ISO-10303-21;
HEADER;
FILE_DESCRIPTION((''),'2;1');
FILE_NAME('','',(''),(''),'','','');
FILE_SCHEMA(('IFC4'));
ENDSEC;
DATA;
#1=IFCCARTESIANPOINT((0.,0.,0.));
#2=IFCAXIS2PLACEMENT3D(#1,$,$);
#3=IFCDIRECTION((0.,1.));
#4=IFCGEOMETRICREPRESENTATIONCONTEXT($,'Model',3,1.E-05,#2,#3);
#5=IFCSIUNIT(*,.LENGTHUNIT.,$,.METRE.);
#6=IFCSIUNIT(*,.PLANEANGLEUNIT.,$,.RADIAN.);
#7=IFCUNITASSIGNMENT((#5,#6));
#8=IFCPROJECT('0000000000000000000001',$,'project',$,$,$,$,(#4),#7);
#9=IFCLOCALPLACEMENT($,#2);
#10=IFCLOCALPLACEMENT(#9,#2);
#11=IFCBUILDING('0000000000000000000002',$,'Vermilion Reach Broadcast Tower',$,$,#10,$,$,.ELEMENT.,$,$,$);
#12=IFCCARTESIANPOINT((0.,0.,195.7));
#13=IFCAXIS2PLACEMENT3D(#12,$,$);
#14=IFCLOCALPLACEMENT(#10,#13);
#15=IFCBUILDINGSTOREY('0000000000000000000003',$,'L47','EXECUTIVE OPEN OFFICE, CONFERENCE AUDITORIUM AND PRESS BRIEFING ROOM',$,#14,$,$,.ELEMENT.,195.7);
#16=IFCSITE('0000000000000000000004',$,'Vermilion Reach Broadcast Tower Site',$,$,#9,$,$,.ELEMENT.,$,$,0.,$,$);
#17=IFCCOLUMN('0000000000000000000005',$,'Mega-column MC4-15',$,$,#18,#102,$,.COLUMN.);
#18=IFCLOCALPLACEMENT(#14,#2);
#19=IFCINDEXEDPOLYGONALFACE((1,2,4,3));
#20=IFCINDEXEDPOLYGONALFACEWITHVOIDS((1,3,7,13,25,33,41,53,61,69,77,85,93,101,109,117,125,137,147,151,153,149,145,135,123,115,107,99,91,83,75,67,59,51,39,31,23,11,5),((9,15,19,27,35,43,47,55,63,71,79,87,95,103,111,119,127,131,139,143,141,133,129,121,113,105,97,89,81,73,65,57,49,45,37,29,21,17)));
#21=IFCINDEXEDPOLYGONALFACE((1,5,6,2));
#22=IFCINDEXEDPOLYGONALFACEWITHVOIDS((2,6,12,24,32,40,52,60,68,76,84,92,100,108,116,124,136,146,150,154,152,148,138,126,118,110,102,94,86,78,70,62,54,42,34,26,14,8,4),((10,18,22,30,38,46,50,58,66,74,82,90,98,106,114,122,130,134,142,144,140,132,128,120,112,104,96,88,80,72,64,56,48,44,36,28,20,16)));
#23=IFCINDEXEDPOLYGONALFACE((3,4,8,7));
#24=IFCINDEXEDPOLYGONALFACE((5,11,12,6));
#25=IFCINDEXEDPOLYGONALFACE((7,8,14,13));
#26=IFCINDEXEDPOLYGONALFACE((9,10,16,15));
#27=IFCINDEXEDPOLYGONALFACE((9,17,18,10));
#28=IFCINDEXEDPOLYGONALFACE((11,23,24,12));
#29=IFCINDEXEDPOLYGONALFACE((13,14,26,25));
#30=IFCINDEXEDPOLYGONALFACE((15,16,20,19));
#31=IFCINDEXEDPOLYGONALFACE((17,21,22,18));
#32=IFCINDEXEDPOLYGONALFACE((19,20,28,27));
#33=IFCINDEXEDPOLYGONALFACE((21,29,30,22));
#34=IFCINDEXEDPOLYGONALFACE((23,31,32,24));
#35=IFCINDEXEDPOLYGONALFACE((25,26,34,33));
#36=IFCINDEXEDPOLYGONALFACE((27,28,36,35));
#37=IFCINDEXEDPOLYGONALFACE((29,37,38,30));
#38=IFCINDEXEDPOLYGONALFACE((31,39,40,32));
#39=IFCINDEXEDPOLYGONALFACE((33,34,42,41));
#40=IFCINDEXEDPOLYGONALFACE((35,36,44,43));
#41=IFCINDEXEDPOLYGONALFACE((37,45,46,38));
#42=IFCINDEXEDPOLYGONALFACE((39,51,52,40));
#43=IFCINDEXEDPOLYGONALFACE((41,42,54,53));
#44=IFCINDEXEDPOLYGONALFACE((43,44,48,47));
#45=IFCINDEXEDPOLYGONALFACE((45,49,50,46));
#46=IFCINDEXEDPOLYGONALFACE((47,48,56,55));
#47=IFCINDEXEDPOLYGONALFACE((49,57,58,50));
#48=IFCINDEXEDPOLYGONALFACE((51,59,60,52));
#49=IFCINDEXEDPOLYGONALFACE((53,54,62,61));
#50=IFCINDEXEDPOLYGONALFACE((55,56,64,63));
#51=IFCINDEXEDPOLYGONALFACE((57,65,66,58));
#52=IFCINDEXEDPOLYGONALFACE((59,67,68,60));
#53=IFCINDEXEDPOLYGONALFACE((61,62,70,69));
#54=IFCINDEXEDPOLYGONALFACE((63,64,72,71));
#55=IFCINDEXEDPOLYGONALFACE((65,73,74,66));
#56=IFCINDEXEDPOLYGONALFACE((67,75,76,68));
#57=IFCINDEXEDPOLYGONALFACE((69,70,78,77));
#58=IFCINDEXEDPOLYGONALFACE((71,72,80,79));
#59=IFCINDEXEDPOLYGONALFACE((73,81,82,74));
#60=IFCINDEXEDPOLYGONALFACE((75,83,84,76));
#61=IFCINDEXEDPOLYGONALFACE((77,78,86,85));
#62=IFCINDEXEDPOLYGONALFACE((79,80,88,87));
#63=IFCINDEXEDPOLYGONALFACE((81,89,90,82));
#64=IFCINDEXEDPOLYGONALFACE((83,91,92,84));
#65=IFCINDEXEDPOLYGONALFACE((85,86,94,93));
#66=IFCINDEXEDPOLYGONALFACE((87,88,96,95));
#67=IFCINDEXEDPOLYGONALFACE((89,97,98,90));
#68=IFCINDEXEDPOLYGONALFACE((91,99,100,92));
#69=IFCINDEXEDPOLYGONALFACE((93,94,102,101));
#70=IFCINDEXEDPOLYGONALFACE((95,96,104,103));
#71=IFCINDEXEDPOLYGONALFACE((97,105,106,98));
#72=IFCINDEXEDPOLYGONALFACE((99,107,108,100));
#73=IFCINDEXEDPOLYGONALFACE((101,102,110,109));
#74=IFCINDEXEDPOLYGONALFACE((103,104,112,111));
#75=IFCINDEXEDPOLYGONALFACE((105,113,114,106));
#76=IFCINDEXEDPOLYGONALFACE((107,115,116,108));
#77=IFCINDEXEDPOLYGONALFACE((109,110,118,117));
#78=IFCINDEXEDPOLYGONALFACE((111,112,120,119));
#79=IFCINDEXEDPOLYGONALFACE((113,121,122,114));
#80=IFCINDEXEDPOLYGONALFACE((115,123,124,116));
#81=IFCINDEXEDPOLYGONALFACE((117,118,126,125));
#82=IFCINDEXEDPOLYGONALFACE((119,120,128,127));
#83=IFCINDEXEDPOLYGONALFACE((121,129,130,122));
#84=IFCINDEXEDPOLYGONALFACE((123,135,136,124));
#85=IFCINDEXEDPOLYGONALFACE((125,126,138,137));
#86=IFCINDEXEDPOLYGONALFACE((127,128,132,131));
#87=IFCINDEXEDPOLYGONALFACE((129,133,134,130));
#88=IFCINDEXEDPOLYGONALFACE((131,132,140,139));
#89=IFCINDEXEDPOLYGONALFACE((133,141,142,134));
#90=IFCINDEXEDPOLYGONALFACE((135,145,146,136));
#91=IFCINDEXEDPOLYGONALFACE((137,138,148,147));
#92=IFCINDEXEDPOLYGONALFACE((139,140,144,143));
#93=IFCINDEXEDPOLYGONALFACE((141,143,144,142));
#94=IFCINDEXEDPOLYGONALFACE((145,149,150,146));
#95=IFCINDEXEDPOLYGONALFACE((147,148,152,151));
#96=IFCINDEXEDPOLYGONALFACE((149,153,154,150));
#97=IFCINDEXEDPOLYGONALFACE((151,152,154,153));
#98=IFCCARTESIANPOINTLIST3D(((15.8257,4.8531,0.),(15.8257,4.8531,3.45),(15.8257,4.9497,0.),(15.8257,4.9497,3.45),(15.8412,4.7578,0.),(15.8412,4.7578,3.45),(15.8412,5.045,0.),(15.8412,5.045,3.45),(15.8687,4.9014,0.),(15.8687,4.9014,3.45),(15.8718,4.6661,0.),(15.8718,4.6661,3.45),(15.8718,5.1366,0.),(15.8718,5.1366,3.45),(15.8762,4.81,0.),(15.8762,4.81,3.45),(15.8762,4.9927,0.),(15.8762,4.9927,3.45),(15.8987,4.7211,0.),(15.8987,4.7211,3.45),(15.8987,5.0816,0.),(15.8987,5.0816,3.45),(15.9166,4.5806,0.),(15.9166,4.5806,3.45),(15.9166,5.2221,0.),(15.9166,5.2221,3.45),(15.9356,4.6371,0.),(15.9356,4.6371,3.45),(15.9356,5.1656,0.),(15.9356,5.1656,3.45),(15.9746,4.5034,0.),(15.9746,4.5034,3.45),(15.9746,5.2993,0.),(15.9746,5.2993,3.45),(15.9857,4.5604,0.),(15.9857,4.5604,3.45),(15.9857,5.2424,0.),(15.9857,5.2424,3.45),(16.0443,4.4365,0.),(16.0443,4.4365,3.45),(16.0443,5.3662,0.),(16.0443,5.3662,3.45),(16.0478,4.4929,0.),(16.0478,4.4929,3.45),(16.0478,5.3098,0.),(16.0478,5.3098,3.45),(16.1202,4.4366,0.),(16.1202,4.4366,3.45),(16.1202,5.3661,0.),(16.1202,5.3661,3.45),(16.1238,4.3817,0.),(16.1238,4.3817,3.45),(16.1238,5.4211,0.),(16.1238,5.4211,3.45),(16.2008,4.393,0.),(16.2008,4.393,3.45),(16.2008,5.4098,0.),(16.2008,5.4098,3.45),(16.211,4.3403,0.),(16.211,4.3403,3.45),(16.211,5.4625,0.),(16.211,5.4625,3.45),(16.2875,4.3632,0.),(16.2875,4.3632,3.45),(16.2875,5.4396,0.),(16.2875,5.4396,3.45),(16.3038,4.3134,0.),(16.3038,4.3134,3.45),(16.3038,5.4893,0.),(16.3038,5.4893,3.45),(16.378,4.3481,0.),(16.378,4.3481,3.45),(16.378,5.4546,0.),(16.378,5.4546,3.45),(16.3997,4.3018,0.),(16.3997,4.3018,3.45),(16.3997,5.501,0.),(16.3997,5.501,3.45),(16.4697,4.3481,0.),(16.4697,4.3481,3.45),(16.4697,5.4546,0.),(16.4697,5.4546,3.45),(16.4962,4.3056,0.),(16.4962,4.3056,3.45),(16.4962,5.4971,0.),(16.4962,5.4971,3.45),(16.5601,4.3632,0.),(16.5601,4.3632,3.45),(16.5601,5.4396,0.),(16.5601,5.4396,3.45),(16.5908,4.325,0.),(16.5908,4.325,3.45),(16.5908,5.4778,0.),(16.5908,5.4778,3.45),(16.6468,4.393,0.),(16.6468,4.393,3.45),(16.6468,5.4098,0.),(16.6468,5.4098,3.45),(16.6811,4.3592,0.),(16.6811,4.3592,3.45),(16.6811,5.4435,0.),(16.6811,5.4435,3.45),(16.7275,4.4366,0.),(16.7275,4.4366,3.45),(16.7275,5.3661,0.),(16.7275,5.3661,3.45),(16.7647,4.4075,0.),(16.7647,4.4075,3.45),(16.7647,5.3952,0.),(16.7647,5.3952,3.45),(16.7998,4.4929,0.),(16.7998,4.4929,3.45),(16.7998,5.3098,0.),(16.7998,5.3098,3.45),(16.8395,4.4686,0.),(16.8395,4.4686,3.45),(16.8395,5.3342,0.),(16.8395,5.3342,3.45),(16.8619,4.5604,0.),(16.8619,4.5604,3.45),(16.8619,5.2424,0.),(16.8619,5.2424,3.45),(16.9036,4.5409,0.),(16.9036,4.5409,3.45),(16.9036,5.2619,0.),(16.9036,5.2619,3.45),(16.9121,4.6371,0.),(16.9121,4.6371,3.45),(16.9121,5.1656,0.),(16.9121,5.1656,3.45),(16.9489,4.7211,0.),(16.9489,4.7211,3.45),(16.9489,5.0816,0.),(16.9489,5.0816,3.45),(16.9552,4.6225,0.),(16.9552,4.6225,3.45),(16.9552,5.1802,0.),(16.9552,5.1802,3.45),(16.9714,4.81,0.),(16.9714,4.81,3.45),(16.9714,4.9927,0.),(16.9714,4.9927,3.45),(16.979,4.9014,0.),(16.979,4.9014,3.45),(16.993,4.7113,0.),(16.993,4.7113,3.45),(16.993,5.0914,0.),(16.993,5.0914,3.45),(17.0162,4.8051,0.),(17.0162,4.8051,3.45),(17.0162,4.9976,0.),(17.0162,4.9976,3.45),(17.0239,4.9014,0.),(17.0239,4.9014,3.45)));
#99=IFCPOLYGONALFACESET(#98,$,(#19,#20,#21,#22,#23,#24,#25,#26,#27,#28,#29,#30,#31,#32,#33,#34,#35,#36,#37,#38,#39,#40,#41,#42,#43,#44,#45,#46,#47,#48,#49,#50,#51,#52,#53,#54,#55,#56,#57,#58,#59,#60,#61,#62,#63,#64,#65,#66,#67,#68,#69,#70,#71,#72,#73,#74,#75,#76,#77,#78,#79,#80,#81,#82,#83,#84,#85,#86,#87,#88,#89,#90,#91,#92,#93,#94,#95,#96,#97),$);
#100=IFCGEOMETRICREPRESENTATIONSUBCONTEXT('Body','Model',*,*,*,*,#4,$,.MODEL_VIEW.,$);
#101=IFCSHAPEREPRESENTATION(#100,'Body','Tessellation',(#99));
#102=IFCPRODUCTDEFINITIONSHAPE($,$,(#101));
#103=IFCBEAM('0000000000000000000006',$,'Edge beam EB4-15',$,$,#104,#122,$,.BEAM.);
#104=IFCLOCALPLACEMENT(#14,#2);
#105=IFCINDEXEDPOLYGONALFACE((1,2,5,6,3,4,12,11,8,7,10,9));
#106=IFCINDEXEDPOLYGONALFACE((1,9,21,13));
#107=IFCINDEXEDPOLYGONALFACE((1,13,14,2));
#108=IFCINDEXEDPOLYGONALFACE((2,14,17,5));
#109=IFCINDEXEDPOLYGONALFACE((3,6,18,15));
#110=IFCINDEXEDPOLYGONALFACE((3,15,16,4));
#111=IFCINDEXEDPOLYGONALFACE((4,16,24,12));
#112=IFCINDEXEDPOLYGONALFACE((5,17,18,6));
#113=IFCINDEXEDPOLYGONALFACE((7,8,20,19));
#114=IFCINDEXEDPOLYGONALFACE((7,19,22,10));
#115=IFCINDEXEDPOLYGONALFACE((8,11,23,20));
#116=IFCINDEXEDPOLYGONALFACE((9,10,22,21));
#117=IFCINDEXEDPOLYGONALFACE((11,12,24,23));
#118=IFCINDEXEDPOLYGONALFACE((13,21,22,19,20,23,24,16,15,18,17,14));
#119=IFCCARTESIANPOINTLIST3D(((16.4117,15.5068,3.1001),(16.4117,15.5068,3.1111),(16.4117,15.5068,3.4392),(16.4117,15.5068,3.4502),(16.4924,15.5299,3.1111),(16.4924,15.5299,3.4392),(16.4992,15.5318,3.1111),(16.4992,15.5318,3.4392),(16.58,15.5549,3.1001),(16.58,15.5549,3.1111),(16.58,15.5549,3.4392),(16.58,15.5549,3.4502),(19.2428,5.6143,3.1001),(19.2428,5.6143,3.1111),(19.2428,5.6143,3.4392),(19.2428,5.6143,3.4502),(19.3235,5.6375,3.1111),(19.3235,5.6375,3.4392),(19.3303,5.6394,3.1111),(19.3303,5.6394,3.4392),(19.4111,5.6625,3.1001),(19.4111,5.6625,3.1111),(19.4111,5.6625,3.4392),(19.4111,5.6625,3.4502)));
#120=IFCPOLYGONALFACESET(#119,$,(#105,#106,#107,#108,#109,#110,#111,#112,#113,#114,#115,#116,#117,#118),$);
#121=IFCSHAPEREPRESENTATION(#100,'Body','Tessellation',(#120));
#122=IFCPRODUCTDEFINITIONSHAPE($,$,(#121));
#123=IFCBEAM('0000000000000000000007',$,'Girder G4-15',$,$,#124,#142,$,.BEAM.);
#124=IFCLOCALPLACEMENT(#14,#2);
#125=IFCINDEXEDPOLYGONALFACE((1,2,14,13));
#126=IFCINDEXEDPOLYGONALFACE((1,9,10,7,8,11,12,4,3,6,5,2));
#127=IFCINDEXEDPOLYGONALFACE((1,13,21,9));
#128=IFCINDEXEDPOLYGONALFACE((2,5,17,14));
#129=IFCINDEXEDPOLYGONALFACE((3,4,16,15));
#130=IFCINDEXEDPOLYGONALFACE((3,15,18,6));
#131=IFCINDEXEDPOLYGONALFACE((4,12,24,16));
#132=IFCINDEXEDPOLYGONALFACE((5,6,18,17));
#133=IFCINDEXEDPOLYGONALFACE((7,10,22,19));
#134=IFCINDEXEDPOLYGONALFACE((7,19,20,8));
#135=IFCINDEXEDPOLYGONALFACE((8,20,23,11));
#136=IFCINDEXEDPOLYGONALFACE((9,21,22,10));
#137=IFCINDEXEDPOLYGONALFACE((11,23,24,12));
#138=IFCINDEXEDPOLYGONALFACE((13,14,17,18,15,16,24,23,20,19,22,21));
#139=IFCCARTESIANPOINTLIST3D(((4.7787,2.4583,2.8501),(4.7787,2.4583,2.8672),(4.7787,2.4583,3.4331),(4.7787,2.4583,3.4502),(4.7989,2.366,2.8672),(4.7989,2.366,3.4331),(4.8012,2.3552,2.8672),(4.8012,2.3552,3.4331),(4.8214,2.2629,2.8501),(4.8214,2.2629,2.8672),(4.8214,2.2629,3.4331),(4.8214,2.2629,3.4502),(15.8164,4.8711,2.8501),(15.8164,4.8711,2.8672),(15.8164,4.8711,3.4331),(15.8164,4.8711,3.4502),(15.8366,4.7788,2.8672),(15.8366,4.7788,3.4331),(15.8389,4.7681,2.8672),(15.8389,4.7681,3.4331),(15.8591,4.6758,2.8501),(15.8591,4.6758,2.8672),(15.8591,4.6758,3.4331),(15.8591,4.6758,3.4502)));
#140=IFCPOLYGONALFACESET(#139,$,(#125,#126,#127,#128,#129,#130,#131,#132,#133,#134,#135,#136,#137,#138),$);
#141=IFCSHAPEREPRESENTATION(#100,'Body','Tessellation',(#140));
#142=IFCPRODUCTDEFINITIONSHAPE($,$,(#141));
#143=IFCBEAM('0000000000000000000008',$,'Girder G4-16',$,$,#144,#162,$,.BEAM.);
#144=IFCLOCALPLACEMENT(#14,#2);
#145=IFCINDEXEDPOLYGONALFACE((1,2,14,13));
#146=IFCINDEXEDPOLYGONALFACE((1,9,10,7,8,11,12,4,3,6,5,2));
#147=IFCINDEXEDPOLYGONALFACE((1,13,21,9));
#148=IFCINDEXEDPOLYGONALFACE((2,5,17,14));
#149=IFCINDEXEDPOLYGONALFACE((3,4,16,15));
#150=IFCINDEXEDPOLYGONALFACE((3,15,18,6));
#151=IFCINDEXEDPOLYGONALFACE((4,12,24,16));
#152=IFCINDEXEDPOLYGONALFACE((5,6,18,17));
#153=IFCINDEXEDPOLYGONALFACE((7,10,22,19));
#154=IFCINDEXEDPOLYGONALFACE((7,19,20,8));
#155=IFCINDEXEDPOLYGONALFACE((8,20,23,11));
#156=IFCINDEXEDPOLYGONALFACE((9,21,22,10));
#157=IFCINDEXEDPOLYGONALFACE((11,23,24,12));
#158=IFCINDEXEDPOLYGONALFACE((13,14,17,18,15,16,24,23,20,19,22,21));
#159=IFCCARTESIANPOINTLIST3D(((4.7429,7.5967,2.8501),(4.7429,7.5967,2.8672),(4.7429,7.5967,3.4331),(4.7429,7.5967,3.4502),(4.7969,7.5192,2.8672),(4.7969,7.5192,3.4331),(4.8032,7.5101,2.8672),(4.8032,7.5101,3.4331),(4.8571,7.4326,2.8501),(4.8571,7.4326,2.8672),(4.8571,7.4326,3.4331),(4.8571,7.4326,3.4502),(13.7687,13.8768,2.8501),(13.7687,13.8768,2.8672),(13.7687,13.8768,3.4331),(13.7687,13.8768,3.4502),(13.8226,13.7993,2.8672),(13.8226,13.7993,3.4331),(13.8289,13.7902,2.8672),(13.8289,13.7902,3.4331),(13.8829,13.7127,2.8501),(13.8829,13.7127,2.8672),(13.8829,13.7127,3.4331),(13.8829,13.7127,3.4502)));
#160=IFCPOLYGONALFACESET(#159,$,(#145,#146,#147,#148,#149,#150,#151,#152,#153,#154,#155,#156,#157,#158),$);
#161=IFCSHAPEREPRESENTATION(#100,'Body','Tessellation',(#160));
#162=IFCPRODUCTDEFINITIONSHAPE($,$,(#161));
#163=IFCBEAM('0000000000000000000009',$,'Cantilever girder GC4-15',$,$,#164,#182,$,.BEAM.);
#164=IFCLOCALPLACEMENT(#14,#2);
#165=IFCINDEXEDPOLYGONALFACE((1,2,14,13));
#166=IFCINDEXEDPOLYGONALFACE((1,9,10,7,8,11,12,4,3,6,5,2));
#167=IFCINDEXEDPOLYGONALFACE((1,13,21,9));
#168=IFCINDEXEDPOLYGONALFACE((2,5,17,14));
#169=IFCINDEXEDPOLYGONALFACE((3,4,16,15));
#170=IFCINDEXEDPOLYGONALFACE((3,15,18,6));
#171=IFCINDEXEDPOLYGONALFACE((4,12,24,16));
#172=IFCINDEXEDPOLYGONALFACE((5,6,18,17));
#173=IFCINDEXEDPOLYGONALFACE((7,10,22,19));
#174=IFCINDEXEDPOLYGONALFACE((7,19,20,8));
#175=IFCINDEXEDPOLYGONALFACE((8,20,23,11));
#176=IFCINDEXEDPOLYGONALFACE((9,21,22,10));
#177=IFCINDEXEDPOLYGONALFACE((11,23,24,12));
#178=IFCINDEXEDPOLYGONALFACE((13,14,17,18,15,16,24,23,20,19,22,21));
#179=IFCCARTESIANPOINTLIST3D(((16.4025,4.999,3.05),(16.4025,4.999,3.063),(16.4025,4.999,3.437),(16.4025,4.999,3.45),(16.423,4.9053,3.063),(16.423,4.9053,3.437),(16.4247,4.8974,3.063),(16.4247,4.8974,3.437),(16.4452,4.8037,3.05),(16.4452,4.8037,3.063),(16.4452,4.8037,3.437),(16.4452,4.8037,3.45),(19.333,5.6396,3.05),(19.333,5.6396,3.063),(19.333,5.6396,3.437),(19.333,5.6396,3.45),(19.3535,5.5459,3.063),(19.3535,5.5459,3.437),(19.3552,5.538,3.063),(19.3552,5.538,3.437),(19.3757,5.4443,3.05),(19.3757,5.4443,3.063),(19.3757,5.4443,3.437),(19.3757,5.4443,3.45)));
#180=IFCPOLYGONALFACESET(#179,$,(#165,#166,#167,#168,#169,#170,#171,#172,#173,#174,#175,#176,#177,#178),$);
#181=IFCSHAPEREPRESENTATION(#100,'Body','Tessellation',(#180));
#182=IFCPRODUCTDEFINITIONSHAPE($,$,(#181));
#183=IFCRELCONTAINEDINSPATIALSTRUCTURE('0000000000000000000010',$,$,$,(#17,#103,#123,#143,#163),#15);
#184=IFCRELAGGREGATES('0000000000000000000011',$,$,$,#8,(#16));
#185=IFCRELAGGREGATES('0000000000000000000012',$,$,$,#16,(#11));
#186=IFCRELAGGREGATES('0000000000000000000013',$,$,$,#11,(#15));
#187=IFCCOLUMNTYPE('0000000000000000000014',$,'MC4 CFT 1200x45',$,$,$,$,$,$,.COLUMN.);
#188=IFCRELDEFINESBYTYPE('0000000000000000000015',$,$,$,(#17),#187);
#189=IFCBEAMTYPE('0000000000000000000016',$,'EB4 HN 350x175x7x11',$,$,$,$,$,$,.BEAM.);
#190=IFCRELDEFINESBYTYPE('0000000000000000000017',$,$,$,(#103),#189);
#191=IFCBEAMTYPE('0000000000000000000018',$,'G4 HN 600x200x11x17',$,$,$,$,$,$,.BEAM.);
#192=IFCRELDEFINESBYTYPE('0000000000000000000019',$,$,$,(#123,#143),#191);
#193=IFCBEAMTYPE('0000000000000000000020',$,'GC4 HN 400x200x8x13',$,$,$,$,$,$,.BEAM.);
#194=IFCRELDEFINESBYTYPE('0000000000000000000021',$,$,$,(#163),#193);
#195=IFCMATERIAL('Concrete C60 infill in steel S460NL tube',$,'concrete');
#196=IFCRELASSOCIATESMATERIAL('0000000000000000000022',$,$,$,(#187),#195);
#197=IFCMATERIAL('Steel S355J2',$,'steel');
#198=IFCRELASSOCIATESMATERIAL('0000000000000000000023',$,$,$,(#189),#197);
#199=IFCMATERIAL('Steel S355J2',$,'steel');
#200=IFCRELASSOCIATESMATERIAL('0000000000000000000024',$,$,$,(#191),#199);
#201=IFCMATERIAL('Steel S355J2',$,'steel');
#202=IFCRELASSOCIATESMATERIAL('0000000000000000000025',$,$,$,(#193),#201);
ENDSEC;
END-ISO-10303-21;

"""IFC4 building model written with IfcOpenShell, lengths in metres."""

from ifc_helpers import new_model, si_unit, direction, frame, origin, origin_2d, place, context, subcontext, project, spatial, hollow_circle, i_section, extrude, material, material_profile, profile_set, type_object, element, save


model = new_model("IFC4")

# Units and contexts
model_context = context("Model", 3, precision=1e-05, world=origin(), true_north=direction((0.0, 1.0)))
body_context = subcontext(model_context, "Body", "Model", "MODEL_VIEW")
ifc_project = project(units=[si_unit("LENGTHUNIT", "METRE"), si_unit("PLANEANGLEUNIT", "RADIAN")], contexts=[model_context])

# Site, building, storey
site_placement = place(None, origin())
site = spatial("IfcSite", under=ifc_project, at=site_placement, Name="Vermilion Reach Broadcast Tower Site", CompositionType="ELEMENT", RefElevation=0.0)
building_placement = place(site_placement, origin())
building = spatial("IfcBuilding", under=site, at=building_placement, Name="Vermilion Reach Broadcast Tower", CompositionType="ELEMENT")
storey_placement = place(building_placement, frame((0.0, 0.0, 195.7)))
storey = spatial("IfcBuildingStorey", under=building, at=storey_placement, Name="L47", Description="EXECUTIVE OPEN OFFICE, CONFERENCE AUDITORIUM AND PRESS BRIEFING ROOM", CompositionType="ELEMENT", Elevation=195.7)

# Column
ifc_material_1 = material(Name="Concrete C60 infill in steel S460NL tube", Category="concrete")
ifc_material_profile_1 = material_profile(ifc_material_1, hollow_circle(Radius=0.6001, WallThickness=0.0449, at=origin_2d()), Name="Concrete C60 infill in steel S460NL tube CFT 1200x45")
ifc_profile_set_1 = profile_set([ifc_material_profile_1], Name="Concrete C60 infill in steel S460NL tube")
column_type = type_object("IfcColumnType", Name="MC4 CFT 1200x45", PredefinedType="COLUMN", material=ifc_profile_set_1)
column_placement = place(storey_placement, frame((16.4238, 4.9014, 0.0), z_axis=(0.0, 0.0, 1.0), x_axis=(1.0, 0.0, 0.0)))
element("IfcColumn", 1, at=column_placement, inside=storey, type_object=column_type, Name="Mega-column MC4-15", PredefinedType="COLUMN", context=body_context, shape_type="SweptSolid", body=[
    extrude(hollow_circle(Radius=0.6001, WallThickness=0.0449, at=origin_2d()), origin(), (0.0, 0.0, 1.0), 3.45),
])

# Beams
ifc_material_2 = material(Name="Steel S355J2", Category="steel")
ifc_material_profile_2 = material_profile(ifc_material_2, i_section(OverallWidth=0.175, OverallDepth=0.3501, WebThickness=0.0071, FlangeThickness=0.011, at=origin_2d()), Name="S355J2 HN 350x175x7x11")
ifc_profile_set_2 = profile_set([ifc_material_profile_2], Name="Steel S355J2")
beam_type_1 = type_object("IfcBeamType", Name="EB4 HN 350x175x7x11", PredefinedType="BEAM", material=ifc_profile_set_2)
beam_1_placement = place(storey_placement, frame((19.3269, 5.6384, 3.2751), z_axis=(-0.275141, 0.961404, 0.0), x_axis=(-0.961404, -0.275141, 0.0)))
element("IfcBeam", 2, at=beam_1_placement, inside=storey, type_object=beam_type_1, Name="Edge beam EB4-15", PredefinedType="BEAM", context=body_context, shape_type="SweptSolid", body=[
    extrude(i_section(OverallWidth=0.175, OverallDepth=0.3501, WebThickness=0.0071, FlangeThickness=0.011, at=origin_2d()), origin(), (0.0, 0.0, 1.0), 10.2896),
])
ifc_material_3 = material(Name="Steel S355J2", Category="steel")
ifc_material_profile_3 = material_profile(ifc_material_3, i_section(OverallWidth=0.2, OverallDepth=0.6001, WebThickness=0.011, FlangeThickness=0.0171, at=origin_2d()), Name="S355J2 HN 600x200x11x17")
ifc_profile_set_3 = profile_set([ifc_material_profile_3], Name="Steel S355J2")
beam_type_2 = type_object("IfcBeamType", Name="G4 HN 600x200x11x17", PredefinedType="BEAM", material=ifc_profile_set_3)
beam_2_placement = place(storey_placement, frame((4.8, 2.3606, 3.1501), z_axis=(0.97693, 0.213559, 0.0), x_axis=(-0.213559, 0.97693, 0.0)))
element("IfcBeam", 3, at=beam_2_placement, inside=storey, type_object=beam_type_2, Name="Girder G4-15", PredefinedType="BEAM", context=body_context, shape_type="SweptSolid", body=[
    extrude(i_section(OverallWidth=0.2, OverallDepth=0.6001, WebThickness=0.011, FlangeThickness=0.0171, at=origin_2d()), origin(), (0.0, 0.0, 1.0), 11.2983),
])
beam_3_placement = place(storey_placement, frame((4.8, 7.5146, 3.1501), z_axis=(0.820849, 0.571146, 0.0), x_axis=(-0.571146, 0.820849, 0.0)))
element("IfcBeam", 4, at=beam_3_placement, inside=storey, type_object=beam_type_2, Name="Girder G4-16", PredefinedType="BEAM", context=body_context, shape_type="SweptSolid", body=[
    extrude(i_section(OverallWidth=0.2, OverallDepth=0.6001, WebThickness=0.011, FlangeThickness=0.0171, at=origin_2d()), origin(), (0.0, 0.0, 1.0), 10.9956),
])
ifc_material_4 = material(Name="Steel S355J2", Category="steel")
ifc_material_profile_4 = material_profile(ifc_material_4, i_section(OverallWidth=0.2, OverallDepth=0.3999, WebThickness=0.0081, FlangeThickness=0.0129, at=origin_2d()), Name="S355J2 HN 400x200x8x13")
ifc_profile_set_4 = profile_set([ifc_material_profile_4], Name="Steel S355J2")
beam_type_3 = type_object("IfcBeamType", Name="GC4 HN 400x200x8x13", PredefinedType="BEAM", material=ifc_profile_set_4)
beam_4_placement = place(storey_placement, frame((16.4238, 4.9014, 3.25), z_axis=(0.976932, 0.213551, 0.0), x_axis=(-0.213551, 0.976932, 0.0)))
element("IfcBeam", 5, at=beam_4_placement, inside=storey, type_object=beam_type_3, Name="Cantilever girder GC4-15", PredefinedType="BEAM", context=body_context, shape_type="SweptSolid", body=[
    extrude(i_section(OverallWidth=0.2, OverallDepth=0.3999, WebThickness=0.0081, FlangeThickness=0.0129, at=origin_2d()), origin(), (0.0, 0.0, 1.0), 2.9998),
])

save(model, "model.ifc")
